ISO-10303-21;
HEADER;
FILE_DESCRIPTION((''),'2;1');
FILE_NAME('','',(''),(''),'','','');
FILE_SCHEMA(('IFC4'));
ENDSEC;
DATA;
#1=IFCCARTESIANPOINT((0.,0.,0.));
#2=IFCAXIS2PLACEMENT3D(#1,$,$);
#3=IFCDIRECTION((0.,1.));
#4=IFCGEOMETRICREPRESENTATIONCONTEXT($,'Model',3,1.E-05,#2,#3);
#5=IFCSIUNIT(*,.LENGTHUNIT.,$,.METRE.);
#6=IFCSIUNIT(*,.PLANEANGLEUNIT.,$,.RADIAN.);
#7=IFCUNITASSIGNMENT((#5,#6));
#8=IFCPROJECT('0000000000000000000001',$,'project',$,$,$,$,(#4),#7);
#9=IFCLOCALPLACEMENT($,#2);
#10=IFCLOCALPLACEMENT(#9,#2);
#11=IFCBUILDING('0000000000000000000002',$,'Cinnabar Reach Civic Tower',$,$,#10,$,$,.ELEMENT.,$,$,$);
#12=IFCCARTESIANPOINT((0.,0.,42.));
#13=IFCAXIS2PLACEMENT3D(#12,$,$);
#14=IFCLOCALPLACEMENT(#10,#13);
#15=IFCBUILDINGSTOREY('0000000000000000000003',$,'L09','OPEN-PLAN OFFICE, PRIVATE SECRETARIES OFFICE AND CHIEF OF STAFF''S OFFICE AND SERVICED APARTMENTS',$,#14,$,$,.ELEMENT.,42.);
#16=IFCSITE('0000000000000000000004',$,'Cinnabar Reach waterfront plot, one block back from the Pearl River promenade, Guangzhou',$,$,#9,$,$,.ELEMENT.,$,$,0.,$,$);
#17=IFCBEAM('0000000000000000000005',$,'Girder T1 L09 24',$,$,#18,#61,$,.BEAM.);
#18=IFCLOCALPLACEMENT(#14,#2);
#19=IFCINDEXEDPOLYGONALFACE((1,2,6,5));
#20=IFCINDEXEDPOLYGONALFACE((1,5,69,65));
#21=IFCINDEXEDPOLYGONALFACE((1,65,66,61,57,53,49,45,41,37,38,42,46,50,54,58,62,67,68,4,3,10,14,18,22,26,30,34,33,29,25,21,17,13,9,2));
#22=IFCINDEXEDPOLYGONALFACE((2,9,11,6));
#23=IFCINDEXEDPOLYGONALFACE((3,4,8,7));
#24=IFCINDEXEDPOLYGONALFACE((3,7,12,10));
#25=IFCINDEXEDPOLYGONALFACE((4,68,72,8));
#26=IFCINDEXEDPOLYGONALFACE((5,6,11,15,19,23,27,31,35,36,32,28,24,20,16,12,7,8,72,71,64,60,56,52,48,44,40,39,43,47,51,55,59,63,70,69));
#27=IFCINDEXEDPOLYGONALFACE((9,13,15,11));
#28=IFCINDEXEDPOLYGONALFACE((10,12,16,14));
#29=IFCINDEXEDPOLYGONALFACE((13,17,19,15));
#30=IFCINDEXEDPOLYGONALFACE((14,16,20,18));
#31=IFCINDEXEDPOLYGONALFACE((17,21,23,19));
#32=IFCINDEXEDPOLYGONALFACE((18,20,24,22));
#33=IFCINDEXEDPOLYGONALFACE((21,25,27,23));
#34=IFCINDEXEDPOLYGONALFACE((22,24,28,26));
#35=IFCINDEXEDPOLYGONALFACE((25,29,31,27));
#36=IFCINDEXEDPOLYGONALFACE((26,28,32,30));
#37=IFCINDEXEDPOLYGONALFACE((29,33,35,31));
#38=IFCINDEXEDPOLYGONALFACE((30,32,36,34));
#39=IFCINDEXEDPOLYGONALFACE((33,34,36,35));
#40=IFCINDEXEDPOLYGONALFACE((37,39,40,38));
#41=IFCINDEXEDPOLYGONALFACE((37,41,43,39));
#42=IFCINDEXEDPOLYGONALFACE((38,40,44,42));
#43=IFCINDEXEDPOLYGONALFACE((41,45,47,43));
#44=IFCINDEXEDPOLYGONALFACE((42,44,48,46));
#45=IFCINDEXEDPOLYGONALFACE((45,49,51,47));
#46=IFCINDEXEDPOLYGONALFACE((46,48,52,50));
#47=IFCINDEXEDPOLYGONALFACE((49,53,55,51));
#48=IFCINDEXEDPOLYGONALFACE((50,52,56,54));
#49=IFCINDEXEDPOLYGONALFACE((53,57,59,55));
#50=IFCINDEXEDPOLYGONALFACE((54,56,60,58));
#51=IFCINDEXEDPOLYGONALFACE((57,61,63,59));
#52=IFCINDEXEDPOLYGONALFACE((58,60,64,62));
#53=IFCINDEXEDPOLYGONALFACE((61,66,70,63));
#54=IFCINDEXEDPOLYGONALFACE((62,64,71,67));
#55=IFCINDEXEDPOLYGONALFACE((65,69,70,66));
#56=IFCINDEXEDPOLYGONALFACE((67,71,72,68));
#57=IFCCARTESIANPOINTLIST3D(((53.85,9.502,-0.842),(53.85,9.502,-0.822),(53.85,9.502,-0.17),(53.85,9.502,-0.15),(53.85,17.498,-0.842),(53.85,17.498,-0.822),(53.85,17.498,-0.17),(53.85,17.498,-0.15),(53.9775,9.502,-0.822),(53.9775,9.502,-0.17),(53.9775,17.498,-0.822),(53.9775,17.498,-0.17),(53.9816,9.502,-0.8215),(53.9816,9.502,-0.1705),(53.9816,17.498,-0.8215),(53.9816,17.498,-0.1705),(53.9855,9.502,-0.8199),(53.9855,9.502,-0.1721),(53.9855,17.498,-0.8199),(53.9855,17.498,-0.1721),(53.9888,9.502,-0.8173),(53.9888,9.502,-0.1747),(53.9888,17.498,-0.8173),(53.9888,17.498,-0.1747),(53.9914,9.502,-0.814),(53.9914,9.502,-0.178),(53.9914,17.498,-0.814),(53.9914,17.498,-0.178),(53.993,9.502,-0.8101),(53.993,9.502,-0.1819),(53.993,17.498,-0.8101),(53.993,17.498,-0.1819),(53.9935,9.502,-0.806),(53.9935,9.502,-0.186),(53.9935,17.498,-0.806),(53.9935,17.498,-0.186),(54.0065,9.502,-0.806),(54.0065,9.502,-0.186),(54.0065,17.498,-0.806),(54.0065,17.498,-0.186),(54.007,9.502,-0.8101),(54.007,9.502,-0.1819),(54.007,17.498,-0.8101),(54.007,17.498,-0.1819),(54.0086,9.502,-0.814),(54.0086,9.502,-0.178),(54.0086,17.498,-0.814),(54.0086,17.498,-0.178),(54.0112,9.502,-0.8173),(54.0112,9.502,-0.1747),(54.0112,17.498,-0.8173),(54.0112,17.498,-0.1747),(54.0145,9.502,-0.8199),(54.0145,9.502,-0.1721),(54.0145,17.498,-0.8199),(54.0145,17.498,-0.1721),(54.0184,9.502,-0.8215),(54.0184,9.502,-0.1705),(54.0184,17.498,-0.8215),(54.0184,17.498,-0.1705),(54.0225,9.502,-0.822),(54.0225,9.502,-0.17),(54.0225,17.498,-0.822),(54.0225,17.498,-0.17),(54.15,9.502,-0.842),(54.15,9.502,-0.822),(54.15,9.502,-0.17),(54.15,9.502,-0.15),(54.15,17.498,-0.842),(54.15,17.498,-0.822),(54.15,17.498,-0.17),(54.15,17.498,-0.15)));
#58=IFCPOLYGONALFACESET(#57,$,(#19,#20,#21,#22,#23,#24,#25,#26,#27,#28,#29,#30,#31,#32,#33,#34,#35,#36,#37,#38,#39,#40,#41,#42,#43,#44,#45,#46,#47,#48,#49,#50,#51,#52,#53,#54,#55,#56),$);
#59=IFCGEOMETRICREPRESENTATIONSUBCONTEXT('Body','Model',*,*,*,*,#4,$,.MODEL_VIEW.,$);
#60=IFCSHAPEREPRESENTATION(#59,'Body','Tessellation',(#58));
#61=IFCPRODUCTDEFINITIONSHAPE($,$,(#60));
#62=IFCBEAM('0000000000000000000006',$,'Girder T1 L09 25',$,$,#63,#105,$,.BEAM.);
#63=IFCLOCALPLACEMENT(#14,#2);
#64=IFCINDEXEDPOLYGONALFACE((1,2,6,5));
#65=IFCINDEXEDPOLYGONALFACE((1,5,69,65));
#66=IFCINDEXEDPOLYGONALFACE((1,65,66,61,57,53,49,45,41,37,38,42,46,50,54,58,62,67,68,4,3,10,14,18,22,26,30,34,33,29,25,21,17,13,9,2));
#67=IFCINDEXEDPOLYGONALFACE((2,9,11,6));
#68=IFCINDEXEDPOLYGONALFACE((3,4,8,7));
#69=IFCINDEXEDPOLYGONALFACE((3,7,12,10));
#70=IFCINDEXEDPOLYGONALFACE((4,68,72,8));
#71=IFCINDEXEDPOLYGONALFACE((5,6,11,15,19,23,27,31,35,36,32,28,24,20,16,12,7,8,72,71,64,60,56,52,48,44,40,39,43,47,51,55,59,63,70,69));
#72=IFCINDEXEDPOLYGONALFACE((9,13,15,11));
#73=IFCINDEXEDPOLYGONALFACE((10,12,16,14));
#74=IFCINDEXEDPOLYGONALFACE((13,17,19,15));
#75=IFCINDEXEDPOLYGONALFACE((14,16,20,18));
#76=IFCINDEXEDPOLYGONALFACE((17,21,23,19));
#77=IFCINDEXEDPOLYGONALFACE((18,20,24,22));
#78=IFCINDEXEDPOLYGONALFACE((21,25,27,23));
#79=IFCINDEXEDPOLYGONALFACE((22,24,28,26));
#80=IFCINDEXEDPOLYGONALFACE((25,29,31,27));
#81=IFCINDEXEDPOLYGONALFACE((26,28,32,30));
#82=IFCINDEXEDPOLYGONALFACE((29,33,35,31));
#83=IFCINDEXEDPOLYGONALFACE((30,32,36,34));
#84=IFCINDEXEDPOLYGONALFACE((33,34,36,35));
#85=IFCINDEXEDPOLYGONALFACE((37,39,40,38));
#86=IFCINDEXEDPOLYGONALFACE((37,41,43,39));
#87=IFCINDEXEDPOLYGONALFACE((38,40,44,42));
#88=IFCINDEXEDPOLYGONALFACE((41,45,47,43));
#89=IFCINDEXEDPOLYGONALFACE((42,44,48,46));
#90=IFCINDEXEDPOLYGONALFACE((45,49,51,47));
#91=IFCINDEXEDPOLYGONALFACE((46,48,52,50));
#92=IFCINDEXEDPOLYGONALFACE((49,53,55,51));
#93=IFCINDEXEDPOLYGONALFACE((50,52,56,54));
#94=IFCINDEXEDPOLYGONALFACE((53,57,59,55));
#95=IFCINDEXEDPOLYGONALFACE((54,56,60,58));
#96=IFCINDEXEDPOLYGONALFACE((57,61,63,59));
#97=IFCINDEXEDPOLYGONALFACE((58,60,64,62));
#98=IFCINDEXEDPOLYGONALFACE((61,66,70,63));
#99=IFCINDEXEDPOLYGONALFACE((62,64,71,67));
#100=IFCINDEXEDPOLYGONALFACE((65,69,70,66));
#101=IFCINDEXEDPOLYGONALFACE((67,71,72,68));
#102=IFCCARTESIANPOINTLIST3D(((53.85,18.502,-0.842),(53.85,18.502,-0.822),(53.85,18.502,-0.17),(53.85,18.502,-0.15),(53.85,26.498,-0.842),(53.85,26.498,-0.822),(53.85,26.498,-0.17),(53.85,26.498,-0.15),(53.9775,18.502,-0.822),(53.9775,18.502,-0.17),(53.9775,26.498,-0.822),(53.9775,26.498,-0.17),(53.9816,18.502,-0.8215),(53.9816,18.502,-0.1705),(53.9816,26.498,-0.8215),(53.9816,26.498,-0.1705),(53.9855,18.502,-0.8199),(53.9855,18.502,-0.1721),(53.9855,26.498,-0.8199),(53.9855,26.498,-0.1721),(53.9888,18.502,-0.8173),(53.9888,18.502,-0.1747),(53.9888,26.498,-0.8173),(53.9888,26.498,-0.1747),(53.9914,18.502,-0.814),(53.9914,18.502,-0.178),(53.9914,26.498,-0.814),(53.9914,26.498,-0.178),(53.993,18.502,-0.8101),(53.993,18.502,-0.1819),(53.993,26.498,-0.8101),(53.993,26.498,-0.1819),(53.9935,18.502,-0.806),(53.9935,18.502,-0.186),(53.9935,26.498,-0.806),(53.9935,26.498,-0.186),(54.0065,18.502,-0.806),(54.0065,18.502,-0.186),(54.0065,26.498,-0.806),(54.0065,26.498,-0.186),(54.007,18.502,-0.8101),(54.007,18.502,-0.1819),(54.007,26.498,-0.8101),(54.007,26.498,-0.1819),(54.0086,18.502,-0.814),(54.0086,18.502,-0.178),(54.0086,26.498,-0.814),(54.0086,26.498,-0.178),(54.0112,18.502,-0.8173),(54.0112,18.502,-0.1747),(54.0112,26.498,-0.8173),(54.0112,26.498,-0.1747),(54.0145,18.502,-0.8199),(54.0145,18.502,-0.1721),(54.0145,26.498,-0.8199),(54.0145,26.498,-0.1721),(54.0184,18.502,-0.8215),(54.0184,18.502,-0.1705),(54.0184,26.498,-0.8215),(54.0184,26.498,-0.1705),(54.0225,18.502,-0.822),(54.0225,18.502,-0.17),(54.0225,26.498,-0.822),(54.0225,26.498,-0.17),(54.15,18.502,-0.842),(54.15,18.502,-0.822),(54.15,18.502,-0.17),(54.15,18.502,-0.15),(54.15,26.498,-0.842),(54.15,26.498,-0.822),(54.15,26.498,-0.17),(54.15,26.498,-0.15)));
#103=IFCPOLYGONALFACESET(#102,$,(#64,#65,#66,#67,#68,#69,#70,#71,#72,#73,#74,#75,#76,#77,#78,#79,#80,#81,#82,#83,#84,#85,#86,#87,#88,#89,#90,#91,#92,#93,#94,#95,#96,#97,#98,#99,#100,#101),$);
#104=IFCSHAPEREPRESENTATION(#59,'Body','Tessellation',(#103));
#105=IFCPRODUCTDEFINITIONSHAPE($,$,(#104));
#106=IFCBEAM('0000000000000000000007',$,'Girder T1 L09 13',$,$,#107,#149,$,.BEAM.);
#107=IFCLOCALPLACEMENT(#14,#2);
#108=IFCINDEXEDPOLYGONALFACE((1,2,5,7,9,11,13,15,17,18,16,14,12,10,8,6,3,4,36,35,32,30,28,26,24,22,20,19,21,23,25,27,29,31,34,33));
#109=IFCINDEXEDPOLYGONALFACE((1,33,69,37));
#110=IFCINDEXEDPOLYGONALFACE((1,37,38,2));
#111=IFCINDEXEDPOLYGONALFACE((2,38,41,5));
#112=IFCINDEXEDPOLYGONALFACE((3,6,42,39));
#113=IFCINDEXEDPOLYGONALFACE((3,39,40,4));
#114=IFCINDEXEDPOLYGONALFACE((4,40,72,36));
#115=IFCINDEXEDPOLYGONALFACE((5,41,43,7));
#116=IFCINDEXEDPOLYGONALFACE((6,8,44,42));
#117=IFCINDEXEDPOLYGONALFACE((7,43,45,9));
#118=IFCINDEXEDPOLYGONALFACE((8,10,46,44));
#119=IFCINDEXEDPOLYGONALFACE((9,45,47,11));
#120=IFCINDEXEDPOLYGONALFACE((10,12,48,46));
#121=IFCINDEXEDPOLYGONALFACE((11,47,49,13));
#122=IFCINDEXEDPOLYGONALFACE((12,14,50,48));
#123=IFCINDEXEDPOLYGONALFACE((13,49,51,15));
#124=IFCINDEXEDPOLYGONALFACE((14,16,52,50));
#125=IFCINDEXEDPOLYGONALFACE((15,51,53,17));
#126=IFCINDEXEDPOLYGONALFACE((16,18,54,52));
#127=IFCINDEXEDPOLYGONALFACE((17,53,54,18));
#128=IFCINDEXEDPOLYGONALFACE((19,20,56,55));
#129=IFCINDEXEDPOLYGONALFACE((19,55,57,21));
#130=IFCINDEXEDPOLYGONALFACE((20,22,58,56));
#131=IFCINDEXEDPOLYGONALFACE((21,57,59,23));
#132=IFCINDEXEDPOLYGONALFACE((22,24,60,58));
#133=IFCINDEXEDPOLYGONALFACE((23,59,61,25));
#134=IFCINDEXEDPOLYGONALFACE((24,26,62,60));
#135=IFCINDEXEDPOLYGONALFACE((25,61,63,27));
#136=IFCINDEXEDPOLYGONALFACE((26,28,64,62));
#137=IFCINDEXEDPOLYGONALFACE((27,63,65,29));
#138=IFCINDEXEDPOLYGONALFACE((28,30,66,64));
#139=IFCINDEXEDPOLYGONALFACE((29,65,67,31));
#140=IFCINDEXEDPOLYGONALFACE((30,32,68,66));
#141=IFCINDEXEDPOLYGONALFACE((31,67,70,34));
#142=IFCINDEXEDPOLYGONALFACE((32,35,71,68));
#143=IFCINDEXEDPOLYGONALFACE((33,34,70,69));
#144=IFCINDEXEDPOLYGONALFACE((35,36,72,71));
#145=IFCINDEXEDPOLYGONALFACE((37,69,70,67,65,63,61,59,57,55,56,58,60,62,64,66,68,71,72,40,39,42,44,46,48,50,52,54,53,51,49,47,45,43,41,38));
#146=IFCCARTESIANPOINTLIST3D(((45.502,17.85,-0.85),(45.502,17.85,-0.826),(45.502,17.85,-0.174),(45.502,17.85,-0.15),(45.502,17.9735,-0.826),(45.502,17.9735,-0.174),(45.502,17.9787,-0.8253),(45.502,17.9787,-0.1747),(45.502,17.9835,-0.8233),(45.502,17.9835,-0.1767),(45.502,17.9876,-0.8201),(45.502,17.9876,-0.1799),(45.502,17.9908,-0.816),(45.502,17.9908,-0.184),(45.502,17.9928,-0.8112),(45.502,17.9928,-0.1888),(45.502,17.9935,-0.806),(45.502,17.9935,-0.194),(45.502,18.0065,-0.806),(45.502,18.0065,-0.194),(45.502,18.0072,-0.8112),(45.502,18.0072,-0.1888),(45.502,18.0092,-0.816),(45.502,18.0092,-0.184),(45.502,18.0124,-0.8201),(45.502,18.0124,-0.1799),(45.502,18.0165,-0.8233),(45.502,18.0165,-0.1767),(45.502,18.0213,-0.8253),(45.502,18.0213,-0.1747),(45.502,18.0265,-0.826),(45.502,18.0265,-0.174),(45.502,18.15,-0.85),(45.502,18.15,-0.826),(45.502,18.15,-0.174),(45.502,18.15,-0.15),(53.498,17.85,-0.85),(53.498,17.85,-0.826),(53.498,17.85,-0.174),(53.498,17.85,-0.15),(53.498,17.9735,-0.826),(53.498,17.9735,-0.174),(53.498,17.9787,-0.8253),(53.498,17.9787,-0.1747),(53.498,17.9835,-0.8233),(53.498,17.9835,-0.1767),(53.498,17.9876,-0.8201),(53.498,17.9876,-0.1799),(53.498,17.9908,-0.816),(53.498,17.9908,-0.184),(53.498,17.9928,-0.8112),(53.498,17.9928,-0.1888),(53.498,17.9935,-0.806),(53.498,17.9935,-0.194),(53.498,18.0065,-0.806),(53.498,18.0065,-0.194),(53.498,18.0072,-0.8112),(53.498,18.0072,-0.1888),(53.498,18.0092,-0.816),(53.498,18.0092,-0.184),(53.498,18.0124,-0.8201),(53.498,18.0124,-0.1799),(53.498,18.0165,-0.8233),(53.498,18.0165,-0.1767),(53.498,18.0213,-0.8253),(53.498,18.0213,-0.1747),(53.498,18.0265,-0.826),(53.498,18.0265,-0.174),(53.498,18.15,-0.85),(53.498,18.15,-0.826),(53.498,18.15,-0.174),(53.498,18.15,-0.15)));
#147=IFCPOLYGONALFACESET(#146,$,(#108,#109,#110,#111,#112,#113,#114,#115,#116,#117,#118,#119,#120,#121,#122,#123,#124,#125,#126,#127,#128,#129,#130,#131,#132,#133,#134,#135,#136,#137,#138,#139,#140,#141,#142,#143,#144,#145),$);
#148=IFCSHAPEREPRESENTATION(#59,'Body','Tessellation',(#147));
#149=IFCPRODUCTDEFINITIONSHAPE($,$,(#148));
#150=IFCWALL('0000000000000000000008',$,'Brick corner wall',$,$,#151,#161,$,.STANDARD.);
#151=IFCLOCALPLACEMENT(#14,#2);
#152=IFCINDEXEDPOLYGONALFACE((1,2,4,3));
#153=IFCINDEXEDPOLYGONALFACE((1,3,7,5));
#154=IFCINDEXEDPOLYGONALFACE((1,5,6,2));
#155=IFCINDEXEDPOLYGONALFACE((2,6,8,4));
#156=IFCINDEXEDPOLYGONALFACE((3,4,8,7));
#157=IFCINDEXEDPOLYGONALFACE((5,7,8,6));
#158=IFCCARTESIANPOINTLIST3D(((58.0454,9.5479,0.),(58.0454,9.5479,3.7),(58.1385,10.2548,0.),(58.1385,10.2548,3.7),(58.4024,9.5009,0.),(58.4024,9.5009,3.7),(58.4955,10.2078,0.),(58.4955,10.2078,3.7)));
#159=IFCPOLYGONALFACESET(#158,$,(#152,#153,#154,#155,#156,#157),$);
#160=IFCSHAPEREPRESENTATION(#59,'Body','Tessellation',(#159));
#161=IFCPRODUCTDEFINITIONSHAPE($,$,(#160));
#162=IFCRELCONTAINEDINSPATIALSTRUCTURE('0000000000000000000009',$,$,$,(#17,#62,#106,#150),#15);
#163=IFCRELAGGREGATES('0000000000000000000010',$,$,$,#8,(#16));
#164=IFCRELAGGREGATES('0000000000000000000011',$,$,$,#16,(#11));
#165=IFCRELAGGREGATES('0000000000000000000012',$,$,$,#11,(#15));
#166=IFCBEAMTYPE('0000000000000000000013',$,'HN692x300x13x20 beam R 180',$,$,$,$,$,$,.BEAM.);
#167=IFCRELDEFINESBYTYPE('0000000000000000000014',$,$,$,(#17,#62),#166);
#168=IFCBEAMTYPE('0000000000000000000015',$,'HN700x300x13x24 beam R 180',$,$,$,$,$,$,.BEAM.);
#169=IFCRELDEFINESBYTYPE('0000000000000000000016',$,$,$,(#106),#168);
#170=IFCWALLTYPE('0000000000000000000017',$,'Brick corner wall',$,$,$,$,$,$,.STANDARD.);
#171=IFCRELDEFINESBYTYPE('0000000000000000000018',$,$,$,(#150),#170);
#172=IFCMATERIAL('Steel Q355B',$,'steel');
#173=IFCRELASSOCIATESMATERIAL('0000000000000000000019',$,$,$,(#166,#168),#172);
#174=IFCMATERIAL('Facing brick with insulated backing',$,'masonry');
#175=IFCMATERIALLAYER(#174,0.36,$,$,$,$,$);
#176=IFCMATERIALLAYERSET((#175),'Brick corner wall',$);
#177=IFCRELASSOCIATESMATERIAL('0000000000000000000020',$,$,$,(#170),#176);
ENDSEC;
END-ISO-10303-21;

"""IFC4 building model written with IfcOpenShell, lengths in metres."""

from ifc_helpers import new_model, si_unit, direction, frame, frame_2d, origin, origin_2d, place, context, subcontext, project, spatial, rectangle, i_section, extrude, material, layer, layer_set, material_profile, profile_set, type_object, element, save


model = new_model("IFC4")

# Units and contexts
model_context = context("Model", 3, precision=1e-05, world=origin(), true_north=direction((0.0, 1.0)))
body_context = subcontext(model_context, "Body", "Model", "MODEL_VIEW")
ifc_project = project(units=[si_unit("LENGTHUNIT", "METRE"), si_unit("PLANEANGLEUNIT", "RADIAN")], contexts=[model_context])

# Site, building, storey
site_placement = place(None, origin())
site = spatial("IfcSite", under=ifc_project, at=site_placement, Name="Cinnabar Reach waterfront plot, one block back from the Pearl River promenade, Guangzhou", CompositionType="ELEMENT", RefElevation=0.0)
building_placement = place(site_placement, origin())
building = spatial("IfcBuilding", under=site, at=building_placement, Name="Cinnabar Reach Civic Tower", CompositionType="ELEMENT")
storey_placement = place(building_placement, frame((0.0, 0.0, 42.0)))
storey = spatial("IfcBuildingStorey", under=building, at=storey_placement, Name="L09", Description="OPEN-PLAN OFFICE, PRIVATE SECRETARIES OFFICE AND CHIEF OF STAFF'S OFFICE AND SERVICED APARTMENTS", CompositionType="ELEMENT", Elevation=42.0)

# Beams
ifc_material_1 = material(Name="Steel Q355B", Category="steel")
ifc_material_profile_1 = material_profile(ifc_material_1, i_section(OverallWidth=0.3, OverallDepth=0.692, WebThickness=0.013, FlangeThickness=0.02, FilletRadius=0.016, at=origin_2d()), Name="HN692x300x13x20")
ifc_profile_set_1 = profile_set([ifc_material_profile_1], Name="Steel Q355B")
beam_type_1 = type_object("IfcBeamType", Name="HN692x300x13x20 beam R 180", PredefinedType="BEAM", material=ifc_profile_set_1)
for number, where, z_axis, x_axis, name in (
    (1, (54.0, 9.502, -0.496), (0.0, 1.0, 0.0), (-1.0, 0.0, 0.0), "Girder T1 L09 24"),
    (2, (54.0, 18.502, -0.496), (0.0, 1.0, 0.0), (-1.0, 0.0, 0.0), "Girder T1 L09 25"),
):
    element("IfcBeam", number, at=place(storey_placement, frame(where, z_axis=z_axis, x_axis=x_axis)), inside=storey, type_object=beam_type_1, Name=name, PredefinedType="BEAM", context=body_context, shape_type="SweptSolid", body=[
        extrude(i_section(OverallWidth=0.3, OverallDepth=0.692, WebThickness=0.013, FlangeThickness=0.02, FilletRadius=0.016, at=origin_2d()), origin(), (0.0, 0.0, 1.0), 7.996),
    ])
ifc_material_profile_2 = material_profile(ifc_material_1, i_section(OverallWidth=0.3, OverallDepth=0.7, WebThickness=0.013, FlangeThickness=0.024, FilletRadius=0.02, at=origin_2d()), Name="HN700x300x13x24")
ifc_profile_set_2 = profile_set([ifc_material_profile_2], Name="Steel Q355B")
beam_type_2 = type_object("IfcBeamType", Name="HN700x300x13x24 beam R 180", PredefinedType="BEAM", material=ifc_profile_set_2)
beam_1_placement = place(storey_placement, frame((45.502, 18.0, -0.5), z_axis=(1.0, 0.0, 0.0), x_axis=(0.0, 1.0, 0.0)))
element("IfcBeam", 3, at=beam_1_placement, inside=storey, type_object=beam_type_2, Name="Girder T1 L09 13", PredefinedType="BEAM", context=body_context, shape_type="SweptSolid", body=[
    extrude(i_section(OverallWidth=0.3, OverallDepth=0.7, WebThickness=0.013, FlangeThickness=0.024, FilletRadius=0.02, at=origin_2d()), origin(), (0.0, 0.0, 1.0), 7.996),
])

# Wall
ifc_material_2 = material(Name="Facing brick with insulated backing", Category="masonry")
ifc_layer_1 = layer(ifc_material_2, 0.36)
ifc_layer_set_1 = layer_set([ifc_layer_1], Name="Brick corner wall")
wall_type_1 = type_object("IfcWallType", Name="Brick corner wall", PredefinedType="STANDARD", material=ifc_layer_set_1)
wall_1_placement = place(storey_placement, frame((58.2239, 9.5244, 0.0), z_axis=(0.0, 0.0, 1.0), x_axis=(0.130556, 0.991441, 0.0)))
element("IfcWall", 4, at=wall_1_placement, inside=storey, type_object=wall_type_1, Name="Brick corner wall", PredefinedType="STANDARD", context=body_context, shape_type="SweptSolid", body=[
    extrude(rectangle(XDim=0.7131, YDim=0.36, at=frame_2d((0.3565, 0.0))), origin(), (0.0, 0.0, 1.0), 3.7),
])

save(model, "model.ifc")
